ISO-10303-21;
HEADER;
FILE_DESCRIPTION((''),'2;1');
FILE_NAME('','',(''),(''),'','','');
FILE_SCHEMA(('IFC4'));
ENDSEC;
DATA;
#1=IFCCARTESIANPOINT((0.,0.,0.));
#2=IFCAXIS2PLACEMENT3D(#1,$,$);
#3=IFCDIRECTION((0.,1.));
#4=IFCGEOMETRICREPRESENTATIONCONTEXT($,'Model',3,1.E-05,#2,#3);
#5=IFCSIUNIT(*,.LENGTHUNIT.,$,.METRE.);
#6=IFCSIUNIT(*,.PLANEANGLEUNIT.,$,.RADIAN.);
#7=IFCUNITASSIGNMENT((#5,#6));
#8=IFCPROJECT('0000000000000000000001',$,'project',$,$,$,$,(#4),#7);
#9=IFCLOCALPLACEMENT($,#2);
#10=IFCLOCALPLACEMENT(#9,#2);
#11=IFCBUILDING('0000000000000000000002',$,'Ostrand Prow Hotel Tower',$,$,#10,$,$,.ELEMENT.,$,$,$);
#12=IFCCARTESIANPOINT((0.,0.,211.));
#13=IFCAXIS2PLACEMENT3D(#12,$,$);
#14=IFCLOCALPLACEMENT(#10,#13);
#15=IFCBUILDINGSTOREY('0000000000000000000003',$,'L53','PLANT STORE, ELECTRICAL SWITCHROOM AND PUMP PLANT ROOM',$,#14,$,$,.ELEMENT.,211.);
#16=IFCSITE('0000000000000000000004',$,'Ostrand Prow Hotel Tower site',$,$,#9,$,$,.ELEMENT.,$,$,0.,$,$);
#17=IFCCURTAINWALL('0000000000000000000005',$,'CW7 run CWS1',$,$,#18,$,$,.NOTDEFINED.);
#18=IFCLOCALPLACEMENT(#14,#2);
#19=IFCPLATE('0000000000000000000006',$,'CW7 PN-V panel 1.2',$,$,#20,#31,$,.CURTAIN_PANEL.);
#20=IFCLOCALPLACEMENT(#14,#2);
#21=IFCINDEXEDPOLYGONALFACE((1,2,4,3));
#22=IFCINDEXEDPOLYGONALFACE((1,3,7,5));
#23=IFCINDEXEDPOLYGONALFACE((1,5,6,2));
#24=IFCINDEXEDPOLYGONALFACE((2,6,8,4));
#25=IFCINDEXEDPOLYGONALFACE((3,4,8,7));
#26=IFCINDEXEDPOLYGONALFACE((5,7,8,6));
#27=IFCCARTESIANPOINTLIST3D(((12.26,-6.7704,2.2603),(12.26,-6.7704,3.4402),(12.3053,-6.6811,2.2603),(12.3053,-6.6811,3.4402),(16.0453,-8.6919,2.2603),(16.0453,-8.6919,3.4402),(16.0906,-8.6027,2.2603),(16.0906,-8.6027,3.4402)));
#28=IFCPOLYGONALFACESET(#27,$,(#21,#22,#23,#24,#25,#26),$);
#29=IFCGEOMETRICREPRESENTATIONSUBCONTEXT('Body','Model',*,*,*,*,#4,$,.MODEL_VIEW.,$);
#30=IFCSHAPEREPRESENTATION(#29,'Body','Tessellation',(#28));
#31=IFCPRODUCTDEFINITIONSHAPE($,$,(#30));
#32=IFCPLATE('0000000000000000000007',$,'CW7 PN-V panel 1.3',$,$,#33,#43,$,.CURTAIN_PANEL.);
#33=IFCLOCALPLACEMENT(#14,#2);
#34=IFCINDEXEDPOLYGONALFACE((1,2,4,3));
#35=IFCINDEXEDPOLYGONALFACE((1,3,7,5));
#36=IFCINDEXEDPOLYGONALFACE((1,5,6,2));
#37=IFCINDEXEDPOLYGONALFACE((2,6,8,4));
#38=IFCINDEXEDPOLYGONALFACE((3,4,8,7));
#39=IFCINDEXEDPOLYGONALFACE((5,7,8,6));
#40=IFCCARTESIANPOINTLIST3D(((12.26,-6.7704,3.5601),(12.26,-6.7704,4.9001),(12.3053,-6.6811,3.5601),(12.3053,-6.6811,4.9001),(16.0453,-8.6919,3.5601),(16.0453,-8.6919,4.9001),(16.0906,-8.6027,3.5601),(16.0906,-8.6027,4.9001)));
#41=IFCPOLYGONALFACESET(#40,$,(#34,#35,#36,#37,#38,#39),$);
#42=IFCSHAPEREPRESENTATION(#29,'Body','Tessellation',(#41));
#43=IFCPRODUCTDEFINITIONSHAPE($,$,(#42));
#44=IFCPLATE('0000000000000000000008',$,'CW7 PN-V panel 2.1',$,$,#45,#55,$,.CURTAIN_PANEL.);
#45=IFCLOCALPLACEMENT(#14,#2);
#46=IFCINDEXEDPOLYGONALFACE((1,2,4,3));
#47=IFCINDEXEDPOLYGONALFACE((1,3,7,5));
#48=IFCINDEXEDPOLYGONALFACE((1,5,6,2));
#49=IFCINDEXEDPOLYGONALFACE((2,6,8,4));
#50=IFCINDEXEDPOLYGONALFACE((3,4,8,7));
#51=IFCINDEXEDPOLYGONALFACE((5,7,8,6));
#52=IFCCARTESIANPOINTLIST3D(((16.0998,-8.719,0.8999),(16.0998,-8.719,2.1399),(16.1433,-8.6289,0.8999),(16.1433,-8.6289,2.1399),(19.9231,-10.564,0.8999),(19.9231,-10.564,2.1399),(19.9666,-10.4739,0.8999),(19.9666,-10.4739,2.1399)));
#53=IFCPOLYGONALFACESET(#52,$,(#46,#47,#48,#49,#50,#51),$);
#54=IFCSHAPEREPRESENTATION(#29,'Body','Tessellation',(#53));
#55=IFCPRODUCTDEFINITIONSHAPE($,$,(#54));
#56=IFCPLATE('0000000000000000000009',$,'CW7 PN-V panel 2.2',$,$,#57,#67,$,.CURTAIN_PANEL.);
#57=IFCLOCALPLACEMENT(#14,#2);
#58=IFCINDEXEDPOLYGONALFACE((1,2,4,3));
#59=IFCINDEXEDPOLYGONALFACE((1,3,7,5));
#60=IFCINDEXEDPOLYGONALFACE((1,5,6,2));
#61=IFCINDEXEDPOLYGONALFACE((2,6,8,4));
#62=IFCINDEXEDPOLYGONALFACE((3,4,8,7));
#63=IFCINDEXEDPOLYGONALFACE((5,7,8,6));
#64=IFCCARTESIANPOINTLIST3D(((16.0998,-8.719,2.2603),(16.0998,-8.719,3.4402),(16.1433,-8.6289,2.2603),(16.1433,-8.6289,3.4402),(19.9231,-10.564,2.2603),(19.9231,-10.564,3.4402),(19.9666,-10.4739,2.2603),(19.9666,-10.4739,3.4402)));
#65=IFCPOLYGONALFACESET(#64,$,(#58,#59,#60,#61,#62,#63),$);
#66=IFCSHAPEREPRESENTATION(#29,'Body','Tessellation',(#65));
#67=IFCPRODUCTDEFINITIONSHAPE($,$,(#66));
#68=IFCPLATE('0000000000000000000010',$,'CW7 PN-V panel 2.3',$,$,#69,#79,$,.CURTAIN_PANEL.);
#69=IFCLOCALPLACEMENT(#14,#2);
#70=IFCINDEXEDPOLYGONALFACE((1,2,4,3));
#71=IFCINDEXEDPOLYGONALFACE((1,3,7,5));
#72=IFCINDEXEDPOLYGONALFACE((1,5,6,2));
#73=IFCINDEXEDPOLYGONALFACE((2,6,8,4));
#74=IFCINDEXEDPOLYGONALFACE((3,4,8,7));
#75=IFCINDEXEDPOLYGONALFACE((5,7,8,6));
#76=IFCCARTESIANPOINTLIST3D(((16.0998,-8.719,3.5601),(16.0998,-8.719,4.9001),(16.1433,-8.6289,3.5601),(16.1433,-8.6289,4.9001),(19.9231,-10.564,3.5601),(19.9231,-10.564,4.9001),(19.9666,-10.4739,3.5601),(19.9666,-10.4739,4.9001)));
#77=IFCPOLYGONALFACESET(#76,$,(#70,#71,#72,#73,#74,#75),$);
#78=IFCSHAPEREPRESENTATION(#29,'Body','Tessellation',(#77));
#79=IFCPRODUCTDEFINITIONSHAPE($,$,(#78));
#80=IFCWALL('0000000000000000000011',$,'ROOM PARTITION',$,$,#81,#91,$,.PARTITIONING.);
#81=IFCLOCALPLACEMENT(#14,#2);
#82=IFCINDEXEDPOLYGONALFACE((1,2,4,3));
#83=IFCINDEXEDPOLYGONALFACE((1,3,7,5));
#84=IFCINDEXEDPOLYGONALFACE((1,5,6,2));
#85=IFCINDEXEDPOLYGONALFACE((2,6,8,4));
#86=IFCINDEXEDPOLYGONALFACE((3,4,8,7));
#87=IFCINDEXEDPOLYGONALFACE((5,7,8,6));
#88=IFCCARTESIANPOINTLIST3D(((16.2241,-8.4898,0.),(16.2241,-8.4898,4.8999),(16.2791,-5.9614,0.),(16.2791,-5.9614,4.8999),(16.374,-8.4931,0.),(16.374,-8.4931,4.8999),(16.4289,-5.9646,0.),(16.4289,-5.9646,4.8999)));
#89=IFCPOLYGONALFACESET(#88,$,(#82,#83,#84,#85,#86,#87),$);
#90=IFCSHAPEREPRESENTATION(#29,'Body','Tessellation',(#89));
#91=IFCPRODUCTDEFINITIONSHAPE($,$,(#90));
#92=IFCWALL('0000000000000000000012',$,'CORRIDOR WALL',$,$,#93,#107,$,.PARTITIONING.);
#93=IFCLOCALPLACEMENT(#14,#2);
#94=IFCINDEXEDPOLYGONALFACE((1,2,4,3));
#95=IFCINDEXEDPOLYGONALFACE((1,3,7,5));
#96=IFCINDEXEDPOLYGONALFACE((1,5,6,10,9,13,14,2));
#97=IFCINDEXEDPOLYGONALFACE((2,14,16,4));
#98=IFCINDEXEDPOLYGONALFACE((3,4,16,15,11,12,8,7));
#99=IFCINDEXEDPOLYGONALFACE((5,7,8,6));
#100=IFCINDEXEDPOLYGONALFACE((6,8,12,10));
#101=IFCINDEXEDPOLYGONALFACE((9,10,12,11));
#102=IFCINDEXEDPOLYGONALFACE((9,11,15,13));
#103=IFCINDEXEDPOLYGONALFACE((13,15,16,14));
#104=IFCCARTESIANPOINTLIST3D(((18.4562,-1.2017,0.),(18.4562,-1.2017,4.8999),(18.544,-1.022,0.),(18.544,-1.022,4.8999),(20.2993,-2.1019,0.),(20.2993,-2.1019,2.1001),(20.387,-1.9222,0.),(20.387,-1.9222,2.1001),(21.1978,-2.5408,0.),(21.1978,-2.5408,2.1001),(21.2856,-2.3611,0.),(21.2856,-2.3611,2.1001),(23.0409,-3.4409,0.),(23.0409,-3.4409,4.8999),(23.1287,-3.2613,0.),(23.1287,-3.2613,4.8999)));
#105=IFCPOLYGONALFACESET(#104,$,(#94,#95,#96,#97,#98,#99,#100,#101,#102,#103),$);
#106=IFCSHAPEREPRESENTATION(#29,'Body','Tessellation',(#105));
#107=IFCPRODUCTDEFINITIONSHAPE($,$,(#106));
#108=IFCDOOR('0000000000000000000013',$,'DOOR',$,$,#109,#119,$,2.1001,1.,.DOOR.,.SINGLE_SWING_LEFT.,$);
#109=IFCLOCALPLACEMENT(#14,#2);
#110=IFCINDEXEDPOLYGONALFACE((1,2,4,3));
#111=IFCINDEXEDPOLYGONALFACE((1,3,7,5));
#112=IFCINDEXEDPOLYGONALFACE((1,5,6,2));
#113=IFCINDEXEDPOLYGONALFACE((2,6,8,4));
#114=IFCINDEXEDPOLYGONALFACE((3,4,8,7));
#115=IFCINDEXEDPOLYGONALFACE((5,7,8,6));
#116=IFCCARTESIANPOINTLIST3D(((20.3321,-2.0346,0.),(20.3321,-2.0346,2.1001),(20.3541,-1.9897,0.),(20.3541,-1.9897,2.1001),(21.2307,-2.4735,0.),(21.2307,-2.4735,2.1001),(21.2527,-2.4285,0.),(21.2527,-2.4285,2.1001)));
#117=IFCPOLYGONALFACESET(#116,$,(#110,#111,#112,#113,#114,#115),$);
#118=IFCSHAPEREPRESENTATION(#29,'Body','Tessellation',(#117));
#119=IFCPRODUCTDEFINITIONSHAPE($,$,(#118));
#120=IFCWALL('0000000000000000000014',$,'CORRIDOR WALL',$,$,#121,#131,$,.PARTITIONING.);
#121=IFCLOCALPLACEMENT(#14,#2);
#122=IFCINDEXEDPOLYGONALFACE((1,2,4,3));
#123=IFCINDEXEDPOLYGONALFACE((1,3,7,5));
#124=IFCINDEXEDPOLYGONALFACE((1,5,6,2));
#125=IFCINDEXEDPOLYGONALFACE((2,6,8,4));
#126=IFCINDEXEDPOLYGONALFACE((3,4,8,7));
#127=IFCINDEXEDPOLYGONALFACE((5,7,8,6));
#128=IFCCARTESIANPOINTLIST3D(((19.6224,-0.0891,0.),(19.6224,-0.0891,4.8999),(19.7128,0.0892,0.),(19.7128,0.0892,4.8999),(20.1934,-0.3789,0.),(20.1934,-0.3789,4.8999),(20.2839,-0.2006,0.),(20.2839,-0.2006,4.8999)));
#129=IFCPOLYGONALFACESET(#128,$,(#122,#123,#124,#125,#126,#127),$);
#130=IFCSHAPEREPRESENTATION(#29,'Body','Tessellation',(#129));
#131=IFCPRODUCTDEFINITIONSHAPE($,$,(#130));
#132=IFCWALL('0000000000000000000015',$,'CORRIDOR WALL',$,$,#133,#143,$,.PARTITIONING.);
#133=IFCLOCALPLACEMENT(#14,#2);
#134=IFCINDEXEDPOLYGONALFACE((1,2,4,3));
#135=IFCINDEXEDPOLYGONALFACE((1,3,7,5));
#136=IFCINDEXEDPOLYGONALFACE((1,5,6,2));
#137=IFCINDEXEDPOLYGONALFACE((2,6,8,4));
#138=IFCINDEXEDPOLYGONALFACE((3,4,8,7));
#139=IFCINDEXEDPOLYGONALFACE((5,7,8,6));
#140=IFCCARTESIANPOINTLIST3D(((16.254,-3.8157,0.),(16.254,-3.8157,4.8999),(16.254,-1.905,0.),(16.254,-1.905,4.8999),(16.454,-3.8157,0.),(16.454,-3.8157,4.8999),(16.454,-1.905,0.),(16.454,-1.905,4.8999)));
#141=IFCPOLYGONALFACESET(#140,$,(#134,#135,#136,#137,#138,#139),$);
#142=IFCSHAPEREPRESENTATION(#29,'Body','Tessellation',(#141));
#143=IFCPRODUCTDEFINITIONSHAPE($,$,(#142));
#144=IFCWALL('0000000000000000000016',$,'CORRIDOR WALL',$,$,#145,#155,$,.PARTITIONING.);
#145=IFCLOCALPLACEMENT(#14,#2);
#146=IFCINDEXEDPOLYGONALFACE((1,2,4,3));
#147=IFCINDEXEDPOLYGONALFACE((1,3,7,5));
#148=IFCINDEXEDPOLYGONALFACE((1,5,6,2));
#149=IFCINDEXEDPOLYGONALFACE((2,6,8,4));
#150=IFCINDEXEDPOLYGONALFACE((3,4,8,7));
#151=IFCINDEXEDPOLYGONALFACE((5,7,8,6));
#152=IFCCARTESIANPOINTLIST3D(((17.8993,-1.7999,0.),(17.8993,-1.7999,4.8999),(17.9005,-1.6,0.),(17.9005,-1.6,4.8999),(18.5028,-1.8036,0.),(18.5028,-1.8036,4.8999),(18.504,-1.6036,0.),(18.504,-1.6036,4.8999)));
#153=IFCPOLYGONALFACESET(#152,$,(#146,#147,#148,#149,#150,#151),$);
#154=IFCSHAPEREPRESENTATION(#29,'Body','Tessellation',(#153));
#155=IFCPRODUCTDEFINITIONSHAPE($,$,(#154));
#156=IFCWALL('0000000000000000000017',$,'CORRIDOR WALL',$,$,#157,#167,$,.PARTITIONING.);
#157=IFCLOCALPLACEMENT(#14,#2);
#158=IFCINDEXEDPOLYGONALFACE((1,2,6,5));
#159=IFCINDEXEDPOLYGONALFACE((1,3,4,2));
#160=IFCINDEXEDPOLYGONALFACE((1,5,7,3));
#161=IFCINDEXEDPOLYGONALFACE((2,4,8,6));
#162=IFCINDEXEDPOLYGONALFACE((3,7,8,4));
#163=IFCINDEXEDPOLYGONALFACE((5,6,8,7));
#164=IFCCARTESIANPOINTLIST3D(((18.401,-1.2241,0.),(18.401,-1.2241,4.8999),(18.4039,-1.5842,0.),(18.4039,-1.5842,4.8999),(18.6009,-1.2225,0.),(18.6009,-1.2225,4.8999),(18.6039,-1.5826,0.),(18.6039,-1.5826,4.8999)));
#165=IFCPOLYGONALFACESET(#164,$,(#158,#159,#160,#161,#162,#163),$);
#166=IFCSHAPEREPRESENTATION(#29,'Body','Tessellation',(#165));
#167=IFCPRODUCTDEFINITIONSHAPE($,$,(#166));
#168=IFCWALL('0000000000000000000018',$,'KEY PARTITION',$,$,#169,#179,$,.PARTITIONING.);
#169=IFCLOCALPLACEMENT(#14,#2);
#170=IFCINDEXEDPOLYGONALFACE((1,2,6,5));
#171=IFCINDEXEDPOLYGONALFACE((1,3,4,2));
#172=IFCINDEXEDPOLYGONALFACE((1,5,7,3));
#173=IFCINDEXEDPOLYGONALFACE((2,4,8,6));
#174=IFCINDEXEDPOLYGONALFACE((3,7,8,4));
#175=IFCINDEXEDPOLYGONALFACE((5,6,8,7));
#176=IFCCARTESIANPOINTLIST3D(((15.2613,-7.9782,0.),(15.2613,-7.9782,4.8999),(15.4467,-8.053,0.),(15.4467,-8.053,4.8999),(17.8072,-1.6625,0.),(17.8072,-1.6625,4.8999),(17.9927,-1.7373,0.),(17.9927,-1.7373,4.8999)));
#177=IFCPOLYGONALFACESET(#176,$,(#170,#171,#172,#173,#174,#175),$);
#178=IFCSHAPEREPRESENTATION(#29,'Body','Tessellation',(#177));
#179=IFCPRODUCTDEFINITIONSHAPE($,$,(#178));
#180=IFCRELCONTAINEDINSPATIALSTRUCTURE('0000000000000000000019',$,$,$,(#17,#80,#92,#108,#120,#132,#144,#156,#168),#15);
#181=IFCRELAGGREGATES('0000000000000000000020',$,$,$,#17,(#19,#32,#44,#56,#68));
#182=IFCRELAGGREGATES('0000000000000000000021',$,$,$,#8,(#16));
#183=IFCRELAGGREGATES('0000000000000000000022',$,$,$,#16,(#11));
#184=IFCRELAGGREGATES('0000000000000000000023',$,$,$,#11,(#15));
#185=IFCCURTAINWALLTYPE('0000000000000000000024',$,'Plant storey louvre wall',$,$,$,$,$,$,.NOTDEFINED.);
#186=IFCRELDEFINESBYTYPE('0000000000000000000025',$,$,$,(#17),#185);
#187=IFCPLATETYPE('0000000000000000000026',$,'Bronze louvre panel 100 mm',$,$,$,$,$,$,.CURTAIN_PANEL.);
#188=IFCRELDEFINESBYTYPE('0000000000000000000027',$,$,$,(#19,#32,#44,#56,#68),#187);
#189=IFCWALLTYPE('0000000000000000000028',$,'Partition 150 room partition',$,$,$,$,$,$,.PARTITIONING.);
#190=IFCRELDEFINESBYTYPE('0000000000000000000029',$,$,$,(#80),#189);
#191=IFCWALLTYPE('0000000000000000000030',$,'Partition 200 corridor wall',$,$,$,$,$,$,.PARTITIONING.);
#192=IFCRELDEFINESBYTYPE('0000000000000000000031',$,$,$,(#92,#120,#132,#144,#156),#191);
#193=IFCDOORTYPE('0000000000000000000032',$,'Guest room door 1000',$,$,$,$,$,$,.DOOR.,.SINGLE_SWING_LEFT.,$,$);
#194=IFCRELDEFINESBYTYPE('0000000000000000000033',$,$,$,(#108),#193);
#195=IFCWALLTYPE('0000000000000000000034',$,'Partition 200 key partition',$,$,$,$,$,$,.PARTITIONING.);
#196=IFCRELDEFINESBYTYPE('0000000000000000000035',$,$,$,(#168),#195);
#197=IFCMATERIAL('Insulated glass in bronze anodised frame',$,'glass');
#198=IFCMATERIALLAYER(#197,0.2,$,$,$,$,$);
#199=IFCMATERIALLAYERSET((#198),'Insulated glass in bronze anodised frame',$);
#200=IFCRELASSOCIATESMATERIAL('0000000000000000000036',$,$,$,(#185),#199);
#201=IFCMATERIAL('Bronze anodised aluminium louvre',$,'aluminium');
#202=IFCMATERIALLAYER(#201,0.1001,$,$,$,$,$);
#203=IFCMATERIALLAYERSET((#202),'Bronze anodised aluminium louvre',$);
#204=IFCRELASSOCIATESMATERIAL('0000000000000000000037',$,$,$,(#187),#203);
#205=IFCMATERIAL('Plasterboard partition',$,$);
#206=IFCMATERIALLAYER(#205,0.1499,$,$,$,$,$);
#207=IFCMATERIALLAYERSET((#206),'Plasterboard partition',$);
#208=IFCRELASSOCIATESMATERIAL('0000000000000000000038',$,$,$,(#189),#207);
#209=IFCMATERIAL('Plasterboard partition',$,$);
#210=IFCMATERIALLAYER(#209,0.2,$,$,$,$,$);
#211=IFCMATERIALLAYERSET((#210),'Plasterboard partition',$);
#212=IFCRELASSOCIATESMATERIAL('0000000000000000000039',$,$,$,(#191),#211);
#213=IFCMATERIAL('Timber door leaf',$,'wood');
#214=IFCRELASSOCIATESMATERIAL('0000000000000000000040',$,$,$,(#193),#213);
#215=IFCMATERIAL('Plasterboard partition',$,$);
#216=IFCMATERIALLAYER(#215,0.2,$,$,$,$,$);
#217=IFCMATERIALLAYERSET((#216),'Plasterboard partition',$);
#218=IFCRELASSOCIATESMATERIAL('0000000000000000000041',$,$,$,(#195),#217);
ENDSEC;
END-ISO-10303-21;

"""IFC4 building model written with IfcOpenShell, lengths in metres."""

from ifc_helpers import new_model, si_unit, direction, frame, frame_2d, origin, origin_2d, place, context, subcontext, project, spatial, rectangle, extrude, material, layer, layer_set, type_object, element, fill, aggregate, save


model = new_model("IFC4")

# Units and contexts
model_context = context("Model", 3, precision=1e-05, world=origin(), true_north=direction((0.0, 1.0)))
body_context = subcontext(model_context, "Body", "Model", "MODEL_VIEW")
ifc_project = project(units=[si_unit("LENGTHUNIT", "METRE"), si_unit("PLANEANGLEUNIT", "RADIAN")], contexts=[model_context])

# Site, building, storey
site_placement = place(None, origin())
site = spatial("IfcSite", under=ifc_project, at=site_placement, Name="Ostrand Prow Hotel Tower site", CompositionType="ELEMENT", RefElevation=0.0)
building_placement = place(site_placement, origin())
building = spatial("IfcBuilding", under=site, at=building_placement, Name="Ostrand Prow Hotel Tower", CompositionType="ELEMENT")
storey_placement = place(building_placement, frame((0.0, 0.0, 211.0)))
storey = spatial("IfcBuildingStorey", under=building, at=storey_placement, Name="L53", Description="PLANT STORE, ELECTRICAL SWITCHROOM AND PUMP PLANT ROOM", CompositionType="ELEMENT", Elevation=211.0)

# Curtain wall
ifc_material_1 = material(Name="Insulated glass in bronze anodised frame", Category="glass")
ifc_layer_1 = layer(ifc_material_1, 0.2)
ifc_layer_set_1 = layer_set([ifc_layer_1], Name="Insulated glass in bronze anodised frame")
curtain_wall_type = type_object("IfcCurtainWallType", Name="Plant storey louvre wall", PredefinedType="NOTDEFINED", material=ifc_layer_set_1)
curtain_wall_1_placement = place(storey_placement, origin())
curtain_wall_1 = element("IfcCurtainWall", 1, at=curtain_wall_1_placement, inside=storey, type_object=curtain_wall_type, Name="CW7 run CWS1", PredefinedType="NOTDEFINED")

# Plates
ifc_material_2 = material(Name="Bronze anodised aluminium louvre", Category="aluminium")
ifc_layer_2 = layer(ifc_material_2, 0.1001)
ifc_layer_set_2 = layer_set([ifc_layer_2], Name="Bronze anodised aluminium louvre")
plate_type = type_object("IfcPlateType", Name="Bronze louvre panel 100 mm", PredefinedType="CURTAIN_PANEL", material=ifc_layer_set_2)
plate_1_placement = place(storey_placement, frame((14.1753, -7.6865, 2.2603), z_axis=(0.0, 0.0, 1.0), x_axis=(0.891684, -0.452659, 0.0)))
plate_1 = element("IfcPlate", 2, at=plate_1_placement, type_object=plate_type, Name="CW7 PN-V panel 1.2", PredefinedType="CURTAIN_PANEL", context=body_context, shape_type="SweptSolid", body=[
    extrude(rectangle(XDim=4.2451, YDim=0.1001, at=origin_2d()), origin(), (0.0, 0.0, 1.0), 1.1799),
])
plate_2_placement = place(storey_placement, frame((14.1753, -7.6865, 3.5601), z_axis=(0.0, 0.0, 1.0), x_axis=(0.891684, -0.452659, 0.0)))
plate_2 = element("IfcPlate", 3, at=plate_2_placement, type_object=plate_type, Name="CW7 PN-V panel 1.3", PredefinedType="CURTAIN_PANEL", context=body_context, shape_type="SweptSolid", body=[
    extrude(rectangle(XDim=4.2451, YDim=0.1001, at=origin_2d()), origin(), (0.0, 0.0, 1.0), 1.3401),
])
plate_3_placement = place(storey_placement, frame((18.0332, -9.5964, 0.8999), z_axis=(0.0, 0.0, 1.0), x_axis=(0.900616, -0.434615, 0.0)))
plate_3 = element("IfcPlate", 4, at=plate_3_placement, type_object=plate_type, Name="CW7 PN-V panel 2.1", PredefinedType="CURTAIN_PANEL", context=body_context, shape_type="SweptSolid", body=[
    extrude(rectangle(XDim=4.2451, YDim=0.1001, at=origin_2d()), origin(), (0.0, 0.0, 1.0), 1.24),
])
plate_4_placement = place(storey_placement, frame((18.0332, -9.5964, 2.2603), z_axis=(0.0, 0.0, 1.0), x_axis=(0.900616, -0.434615, 0.0)))
plate_4 = element("IfcPlate", 5, at=plate_4_placement, type_object=plate_type, Name="CW7 PN-V panel 2.2", PredefinedType="CURTAIN_PANEL", context=body_context, shape_type="SweptSolid", body=[
    extrude(rectangle(XDim=4.2451, YDim=0.1001, at=origin_2d()), origin(), (0.0, 0.0, 1.0), 1.1799),
])
plate_5_placement = place(storey_placement, frame((18.0332, -9.5964, 3.5601), z_axis=(0.0, 0.0, 1.0), x_axis=(0.900616, -0.434615, 0.0)))
plate_5 = element("IfcPlate", 6, at=plate_5_placement, type_object=plate_type, Name="CW7 PN-V panel 2.3", PredefinedType="CURTAIN_PANEL", context=body_context, shape_type="SweptSolid", body=[
    extrude(rectangle(XDim=4.2451, YDim=0.1001, at=origin_2d()), origin(), (0.0, 0.0, 1.0), 1.3401),
])
aggregate(curtain_wall_1, [plate_1, plate_2, plate_3, plate_4, plate_5])

# Wall
ifc_material_3 = material(Name="Plasterboard partition")
ifc_layer_3 = layer(ifc_material_3, 0.1499)
ifc_layer_set_3 = layer_set([ifc_layer_3], Name="Plasterboard partition")
wall_type_1 = type_object("IfcWallType", Name="Partition 150 room partition", PredefinedType="PARTITIONING", material=ifc_layer_set_3)
wall_1_placement = place(storey_placement, frame((16.354, -5.9629, 0.0), z_axis=(0.0, 0.0, 1.0), x_axis=(-0.021719, -0.999764, 0.0)))
element("IfcWall", 7, at=wall_1_placement, inside=storey, type_object=wall_type_1, Name="ROOM PARTITION", PredefinedType="PARTITIONING", context=body_context, shape_type="SweptSolid", body=[
    extrude(rectangle(XDim=2.5291, YDim=0.1499, at=frame_2d((1.2646, 0.0))), origin(), (0.0, 0.0, 1.0), 4.8999),
])

# Wall, opening, door
ifc_material_4 = material(Name="Plasterboard partition")
ifc_layer_4 = layer(ifc_material_4, 0.2)
ifc_layer_set_4 = layer_set([ifc_layer_4], Name="Plasterboard partition")
wall_type_2 = type_object("IfcWallType", Name="Partition 200 corridor wall", PredefinedType="PARTITIONING", material=ifc_layer_set_4)
wall_2_placement = place(storey_placement, frame((18.5, -1.1118, 0.0), z_axis=(0.0, 0.0, 1.0), x_axis=(0.898551, -0.438869, 0.0)))
wall_2 = element("IfcWall", 8, at=wall_2_placement, inside=storey, type_object=wall_type_2, Name="CORRIDOR WALL", PredefinedType="PARTITIONING", context=body_context, shape_type="SweptSolid", body=[
    extrude(rectangle(XDim=5.1023, YDim=0.2, at=frame_2d((2.5513, 0.0))), origin(), (0.0, 0.0, 1.0), 4.8999),
])
opening_placement = place(wall_2_placement, frame((2.0513, 0.0, 0.0)))
opening = element("IfcOpeningElement", 9, at=opening_placement, cuts=wall_2, PredefinedType="OPENING", context=body_context, shape_type="SweptSolid", body=[
    extrude(rectangle(XDim=1.0, YDim=2.1001, at=frame_2d((0.5, 1.05))), frame((0.0, 0.1099, 0.0), z_axis=(0.0, -1.0, 0.0), x_axis=(1.0, 0.0, 0.0)), (0.0, 0.0, 1.0), 0.22),
])
ifc_material_5 = material(Name="Timber door leaf", Category="wood")
door_type = type_object("IfcDoorType", Name="Guest room door 1000", OperationType="SINGLE_SWING_LEFT", PredefinedType="DOOR", material=ifc_material_5)
door_placement = place(opening_placement, origin())
door = element("IfcDoor", 10, at=door_placement, inside=storey, type_object=door_type, Name="DOOR", OperationType="SINGLE_SWING_LEFT", OverallHeight=2.1001, OverallWidth=1.0, PredefinedType="DOOR", context=body_context, shape_type="SweptSolid", body=[
    extrude(rectangle(XDim=1.0, YDim=2.1001, at=frame_2d((0.5, 1.05))), frame((0.0, 0.0249, 0.0), z_axis=(0.0, -1.0, 0.0), x_axis=(1.0, 0.0, 0.0)), (0.0, 0.0, 1.0), 0.05),
])
fill(opening, door)

# Walls
wall_3_placement = place(storey_placement, frame((20.2388, -0.2898, 0.0), z_axis=(0.0, 0.0, 1.0), x_axis=(-0.891743, 0.452543, 0.0)))
element("IfcWall", 11, at=wall_3_placement, inside=storey, type_object=wall_type_2, Name="CORRIDOR WALL", PredefinedType="PARTITIONING", context=body_context, shape_type="SweptSolid", body=[
    extrude(rectangle(XDim=0.6404, YDim=0.2, at=frame_2d((0.3203, 0.0))), origin(), (0.0, 0.0, 1.0), 4.8999),
])
wall_4_placement = place(storey_placement, frame((16.354, -1.905, 0.0), z_axis=(0.0, 0.0, 1.0), x_axis=(0.0, -1.0, 0.0)))
element("IfcWall", 12, at=wall_4_placement, inside=storey, type_object=wall_type_2, Name="CORRIDOR WALL", PredefinedType="PARTITIONING", context=body_context, shape_type="SweptSolid", body=[
    extrude(rectangle(XDim=1.9106, YDim=0.2, at=frame_2d((0.9553, 0.0))), origin(), (0.0, 0.0, 1.0), 4.8999),
])
wall_5_placement = place(storey_placement, frame((17.8999, -1.7, 0.0), z_axis=(0.0, 0.0, 1.0), x_axis=(0.999982, -0.006068, 0.0)))
element("IfcWall", 13, at=wall_5_placement, inside=storey, type_object=wall_type_2, Name="CORRIDOR WALL", PredefinedType="PARTITIONING", context=body_context, shape_type="SweptSolid", body=[
    extrude(rectangle(XDim=0.6035, YDim=0.2, at=frame_2d((0.3018, 0.0))), origin(), (0.0, 0.0, 1.0), 4.8999),
])
wall_6_placement = place(storey_placement, frame((18.5039, -1.5835, 0.0), z_axis=(0.0, 0.0, 1.0), x_axis=(-0.008135, 0.999967, 0.0)))
element("IfcWall", 14, at=wall_6_placement, inside=storey, type_object=wall_type_2, Name="CORRIDOR WALL", PredefinedType="PARTITIONING", context=body_context, shape_type="SweptSolid", body=[
    extrude(rectangle(XDim=0.3601, YDim=0.2, at=frame_2d((0.1802, 0.0))), origin(), (0.0, 0.0, 1.0), 4.8999),
])
ifc_material_6 = material(Name="Plasterboard partition")
ifc_layer_5 = layer(ifc_material_6, 0.2)
ifc_layer_set_5 = layer_set([ifc_layer_5], Name="Plasterboard partition")
wall_type_3 = type_object("IfcWallType", Name="Partition 200 key partition", PredefinedType="PARTITIONING", material=ifc_layer_set_5)
wall_7_placement = place(storey_placement, frame((15.354, -8.0156, 0.0), z_axis=(0.0, 0.0, 1.0), x_axis=(0.373874, 0.927479, 0.0)))
element("IfcWall", 15, at=wall_7_placement, inside=storey, type_object=wall_type_3, Name="KEY PARTITION", PredefinedType="PARTITIONING", context=body_context, shape_type="SweptSolid", body=[
    extrude(rectangle(XDim=6.8096, YDim=0.2, at=frame_2d((3.4048, 0.0))), origin(), (0.0, 0.0, 1.0), 4.8999),
])

save(model, "model.ifc")
